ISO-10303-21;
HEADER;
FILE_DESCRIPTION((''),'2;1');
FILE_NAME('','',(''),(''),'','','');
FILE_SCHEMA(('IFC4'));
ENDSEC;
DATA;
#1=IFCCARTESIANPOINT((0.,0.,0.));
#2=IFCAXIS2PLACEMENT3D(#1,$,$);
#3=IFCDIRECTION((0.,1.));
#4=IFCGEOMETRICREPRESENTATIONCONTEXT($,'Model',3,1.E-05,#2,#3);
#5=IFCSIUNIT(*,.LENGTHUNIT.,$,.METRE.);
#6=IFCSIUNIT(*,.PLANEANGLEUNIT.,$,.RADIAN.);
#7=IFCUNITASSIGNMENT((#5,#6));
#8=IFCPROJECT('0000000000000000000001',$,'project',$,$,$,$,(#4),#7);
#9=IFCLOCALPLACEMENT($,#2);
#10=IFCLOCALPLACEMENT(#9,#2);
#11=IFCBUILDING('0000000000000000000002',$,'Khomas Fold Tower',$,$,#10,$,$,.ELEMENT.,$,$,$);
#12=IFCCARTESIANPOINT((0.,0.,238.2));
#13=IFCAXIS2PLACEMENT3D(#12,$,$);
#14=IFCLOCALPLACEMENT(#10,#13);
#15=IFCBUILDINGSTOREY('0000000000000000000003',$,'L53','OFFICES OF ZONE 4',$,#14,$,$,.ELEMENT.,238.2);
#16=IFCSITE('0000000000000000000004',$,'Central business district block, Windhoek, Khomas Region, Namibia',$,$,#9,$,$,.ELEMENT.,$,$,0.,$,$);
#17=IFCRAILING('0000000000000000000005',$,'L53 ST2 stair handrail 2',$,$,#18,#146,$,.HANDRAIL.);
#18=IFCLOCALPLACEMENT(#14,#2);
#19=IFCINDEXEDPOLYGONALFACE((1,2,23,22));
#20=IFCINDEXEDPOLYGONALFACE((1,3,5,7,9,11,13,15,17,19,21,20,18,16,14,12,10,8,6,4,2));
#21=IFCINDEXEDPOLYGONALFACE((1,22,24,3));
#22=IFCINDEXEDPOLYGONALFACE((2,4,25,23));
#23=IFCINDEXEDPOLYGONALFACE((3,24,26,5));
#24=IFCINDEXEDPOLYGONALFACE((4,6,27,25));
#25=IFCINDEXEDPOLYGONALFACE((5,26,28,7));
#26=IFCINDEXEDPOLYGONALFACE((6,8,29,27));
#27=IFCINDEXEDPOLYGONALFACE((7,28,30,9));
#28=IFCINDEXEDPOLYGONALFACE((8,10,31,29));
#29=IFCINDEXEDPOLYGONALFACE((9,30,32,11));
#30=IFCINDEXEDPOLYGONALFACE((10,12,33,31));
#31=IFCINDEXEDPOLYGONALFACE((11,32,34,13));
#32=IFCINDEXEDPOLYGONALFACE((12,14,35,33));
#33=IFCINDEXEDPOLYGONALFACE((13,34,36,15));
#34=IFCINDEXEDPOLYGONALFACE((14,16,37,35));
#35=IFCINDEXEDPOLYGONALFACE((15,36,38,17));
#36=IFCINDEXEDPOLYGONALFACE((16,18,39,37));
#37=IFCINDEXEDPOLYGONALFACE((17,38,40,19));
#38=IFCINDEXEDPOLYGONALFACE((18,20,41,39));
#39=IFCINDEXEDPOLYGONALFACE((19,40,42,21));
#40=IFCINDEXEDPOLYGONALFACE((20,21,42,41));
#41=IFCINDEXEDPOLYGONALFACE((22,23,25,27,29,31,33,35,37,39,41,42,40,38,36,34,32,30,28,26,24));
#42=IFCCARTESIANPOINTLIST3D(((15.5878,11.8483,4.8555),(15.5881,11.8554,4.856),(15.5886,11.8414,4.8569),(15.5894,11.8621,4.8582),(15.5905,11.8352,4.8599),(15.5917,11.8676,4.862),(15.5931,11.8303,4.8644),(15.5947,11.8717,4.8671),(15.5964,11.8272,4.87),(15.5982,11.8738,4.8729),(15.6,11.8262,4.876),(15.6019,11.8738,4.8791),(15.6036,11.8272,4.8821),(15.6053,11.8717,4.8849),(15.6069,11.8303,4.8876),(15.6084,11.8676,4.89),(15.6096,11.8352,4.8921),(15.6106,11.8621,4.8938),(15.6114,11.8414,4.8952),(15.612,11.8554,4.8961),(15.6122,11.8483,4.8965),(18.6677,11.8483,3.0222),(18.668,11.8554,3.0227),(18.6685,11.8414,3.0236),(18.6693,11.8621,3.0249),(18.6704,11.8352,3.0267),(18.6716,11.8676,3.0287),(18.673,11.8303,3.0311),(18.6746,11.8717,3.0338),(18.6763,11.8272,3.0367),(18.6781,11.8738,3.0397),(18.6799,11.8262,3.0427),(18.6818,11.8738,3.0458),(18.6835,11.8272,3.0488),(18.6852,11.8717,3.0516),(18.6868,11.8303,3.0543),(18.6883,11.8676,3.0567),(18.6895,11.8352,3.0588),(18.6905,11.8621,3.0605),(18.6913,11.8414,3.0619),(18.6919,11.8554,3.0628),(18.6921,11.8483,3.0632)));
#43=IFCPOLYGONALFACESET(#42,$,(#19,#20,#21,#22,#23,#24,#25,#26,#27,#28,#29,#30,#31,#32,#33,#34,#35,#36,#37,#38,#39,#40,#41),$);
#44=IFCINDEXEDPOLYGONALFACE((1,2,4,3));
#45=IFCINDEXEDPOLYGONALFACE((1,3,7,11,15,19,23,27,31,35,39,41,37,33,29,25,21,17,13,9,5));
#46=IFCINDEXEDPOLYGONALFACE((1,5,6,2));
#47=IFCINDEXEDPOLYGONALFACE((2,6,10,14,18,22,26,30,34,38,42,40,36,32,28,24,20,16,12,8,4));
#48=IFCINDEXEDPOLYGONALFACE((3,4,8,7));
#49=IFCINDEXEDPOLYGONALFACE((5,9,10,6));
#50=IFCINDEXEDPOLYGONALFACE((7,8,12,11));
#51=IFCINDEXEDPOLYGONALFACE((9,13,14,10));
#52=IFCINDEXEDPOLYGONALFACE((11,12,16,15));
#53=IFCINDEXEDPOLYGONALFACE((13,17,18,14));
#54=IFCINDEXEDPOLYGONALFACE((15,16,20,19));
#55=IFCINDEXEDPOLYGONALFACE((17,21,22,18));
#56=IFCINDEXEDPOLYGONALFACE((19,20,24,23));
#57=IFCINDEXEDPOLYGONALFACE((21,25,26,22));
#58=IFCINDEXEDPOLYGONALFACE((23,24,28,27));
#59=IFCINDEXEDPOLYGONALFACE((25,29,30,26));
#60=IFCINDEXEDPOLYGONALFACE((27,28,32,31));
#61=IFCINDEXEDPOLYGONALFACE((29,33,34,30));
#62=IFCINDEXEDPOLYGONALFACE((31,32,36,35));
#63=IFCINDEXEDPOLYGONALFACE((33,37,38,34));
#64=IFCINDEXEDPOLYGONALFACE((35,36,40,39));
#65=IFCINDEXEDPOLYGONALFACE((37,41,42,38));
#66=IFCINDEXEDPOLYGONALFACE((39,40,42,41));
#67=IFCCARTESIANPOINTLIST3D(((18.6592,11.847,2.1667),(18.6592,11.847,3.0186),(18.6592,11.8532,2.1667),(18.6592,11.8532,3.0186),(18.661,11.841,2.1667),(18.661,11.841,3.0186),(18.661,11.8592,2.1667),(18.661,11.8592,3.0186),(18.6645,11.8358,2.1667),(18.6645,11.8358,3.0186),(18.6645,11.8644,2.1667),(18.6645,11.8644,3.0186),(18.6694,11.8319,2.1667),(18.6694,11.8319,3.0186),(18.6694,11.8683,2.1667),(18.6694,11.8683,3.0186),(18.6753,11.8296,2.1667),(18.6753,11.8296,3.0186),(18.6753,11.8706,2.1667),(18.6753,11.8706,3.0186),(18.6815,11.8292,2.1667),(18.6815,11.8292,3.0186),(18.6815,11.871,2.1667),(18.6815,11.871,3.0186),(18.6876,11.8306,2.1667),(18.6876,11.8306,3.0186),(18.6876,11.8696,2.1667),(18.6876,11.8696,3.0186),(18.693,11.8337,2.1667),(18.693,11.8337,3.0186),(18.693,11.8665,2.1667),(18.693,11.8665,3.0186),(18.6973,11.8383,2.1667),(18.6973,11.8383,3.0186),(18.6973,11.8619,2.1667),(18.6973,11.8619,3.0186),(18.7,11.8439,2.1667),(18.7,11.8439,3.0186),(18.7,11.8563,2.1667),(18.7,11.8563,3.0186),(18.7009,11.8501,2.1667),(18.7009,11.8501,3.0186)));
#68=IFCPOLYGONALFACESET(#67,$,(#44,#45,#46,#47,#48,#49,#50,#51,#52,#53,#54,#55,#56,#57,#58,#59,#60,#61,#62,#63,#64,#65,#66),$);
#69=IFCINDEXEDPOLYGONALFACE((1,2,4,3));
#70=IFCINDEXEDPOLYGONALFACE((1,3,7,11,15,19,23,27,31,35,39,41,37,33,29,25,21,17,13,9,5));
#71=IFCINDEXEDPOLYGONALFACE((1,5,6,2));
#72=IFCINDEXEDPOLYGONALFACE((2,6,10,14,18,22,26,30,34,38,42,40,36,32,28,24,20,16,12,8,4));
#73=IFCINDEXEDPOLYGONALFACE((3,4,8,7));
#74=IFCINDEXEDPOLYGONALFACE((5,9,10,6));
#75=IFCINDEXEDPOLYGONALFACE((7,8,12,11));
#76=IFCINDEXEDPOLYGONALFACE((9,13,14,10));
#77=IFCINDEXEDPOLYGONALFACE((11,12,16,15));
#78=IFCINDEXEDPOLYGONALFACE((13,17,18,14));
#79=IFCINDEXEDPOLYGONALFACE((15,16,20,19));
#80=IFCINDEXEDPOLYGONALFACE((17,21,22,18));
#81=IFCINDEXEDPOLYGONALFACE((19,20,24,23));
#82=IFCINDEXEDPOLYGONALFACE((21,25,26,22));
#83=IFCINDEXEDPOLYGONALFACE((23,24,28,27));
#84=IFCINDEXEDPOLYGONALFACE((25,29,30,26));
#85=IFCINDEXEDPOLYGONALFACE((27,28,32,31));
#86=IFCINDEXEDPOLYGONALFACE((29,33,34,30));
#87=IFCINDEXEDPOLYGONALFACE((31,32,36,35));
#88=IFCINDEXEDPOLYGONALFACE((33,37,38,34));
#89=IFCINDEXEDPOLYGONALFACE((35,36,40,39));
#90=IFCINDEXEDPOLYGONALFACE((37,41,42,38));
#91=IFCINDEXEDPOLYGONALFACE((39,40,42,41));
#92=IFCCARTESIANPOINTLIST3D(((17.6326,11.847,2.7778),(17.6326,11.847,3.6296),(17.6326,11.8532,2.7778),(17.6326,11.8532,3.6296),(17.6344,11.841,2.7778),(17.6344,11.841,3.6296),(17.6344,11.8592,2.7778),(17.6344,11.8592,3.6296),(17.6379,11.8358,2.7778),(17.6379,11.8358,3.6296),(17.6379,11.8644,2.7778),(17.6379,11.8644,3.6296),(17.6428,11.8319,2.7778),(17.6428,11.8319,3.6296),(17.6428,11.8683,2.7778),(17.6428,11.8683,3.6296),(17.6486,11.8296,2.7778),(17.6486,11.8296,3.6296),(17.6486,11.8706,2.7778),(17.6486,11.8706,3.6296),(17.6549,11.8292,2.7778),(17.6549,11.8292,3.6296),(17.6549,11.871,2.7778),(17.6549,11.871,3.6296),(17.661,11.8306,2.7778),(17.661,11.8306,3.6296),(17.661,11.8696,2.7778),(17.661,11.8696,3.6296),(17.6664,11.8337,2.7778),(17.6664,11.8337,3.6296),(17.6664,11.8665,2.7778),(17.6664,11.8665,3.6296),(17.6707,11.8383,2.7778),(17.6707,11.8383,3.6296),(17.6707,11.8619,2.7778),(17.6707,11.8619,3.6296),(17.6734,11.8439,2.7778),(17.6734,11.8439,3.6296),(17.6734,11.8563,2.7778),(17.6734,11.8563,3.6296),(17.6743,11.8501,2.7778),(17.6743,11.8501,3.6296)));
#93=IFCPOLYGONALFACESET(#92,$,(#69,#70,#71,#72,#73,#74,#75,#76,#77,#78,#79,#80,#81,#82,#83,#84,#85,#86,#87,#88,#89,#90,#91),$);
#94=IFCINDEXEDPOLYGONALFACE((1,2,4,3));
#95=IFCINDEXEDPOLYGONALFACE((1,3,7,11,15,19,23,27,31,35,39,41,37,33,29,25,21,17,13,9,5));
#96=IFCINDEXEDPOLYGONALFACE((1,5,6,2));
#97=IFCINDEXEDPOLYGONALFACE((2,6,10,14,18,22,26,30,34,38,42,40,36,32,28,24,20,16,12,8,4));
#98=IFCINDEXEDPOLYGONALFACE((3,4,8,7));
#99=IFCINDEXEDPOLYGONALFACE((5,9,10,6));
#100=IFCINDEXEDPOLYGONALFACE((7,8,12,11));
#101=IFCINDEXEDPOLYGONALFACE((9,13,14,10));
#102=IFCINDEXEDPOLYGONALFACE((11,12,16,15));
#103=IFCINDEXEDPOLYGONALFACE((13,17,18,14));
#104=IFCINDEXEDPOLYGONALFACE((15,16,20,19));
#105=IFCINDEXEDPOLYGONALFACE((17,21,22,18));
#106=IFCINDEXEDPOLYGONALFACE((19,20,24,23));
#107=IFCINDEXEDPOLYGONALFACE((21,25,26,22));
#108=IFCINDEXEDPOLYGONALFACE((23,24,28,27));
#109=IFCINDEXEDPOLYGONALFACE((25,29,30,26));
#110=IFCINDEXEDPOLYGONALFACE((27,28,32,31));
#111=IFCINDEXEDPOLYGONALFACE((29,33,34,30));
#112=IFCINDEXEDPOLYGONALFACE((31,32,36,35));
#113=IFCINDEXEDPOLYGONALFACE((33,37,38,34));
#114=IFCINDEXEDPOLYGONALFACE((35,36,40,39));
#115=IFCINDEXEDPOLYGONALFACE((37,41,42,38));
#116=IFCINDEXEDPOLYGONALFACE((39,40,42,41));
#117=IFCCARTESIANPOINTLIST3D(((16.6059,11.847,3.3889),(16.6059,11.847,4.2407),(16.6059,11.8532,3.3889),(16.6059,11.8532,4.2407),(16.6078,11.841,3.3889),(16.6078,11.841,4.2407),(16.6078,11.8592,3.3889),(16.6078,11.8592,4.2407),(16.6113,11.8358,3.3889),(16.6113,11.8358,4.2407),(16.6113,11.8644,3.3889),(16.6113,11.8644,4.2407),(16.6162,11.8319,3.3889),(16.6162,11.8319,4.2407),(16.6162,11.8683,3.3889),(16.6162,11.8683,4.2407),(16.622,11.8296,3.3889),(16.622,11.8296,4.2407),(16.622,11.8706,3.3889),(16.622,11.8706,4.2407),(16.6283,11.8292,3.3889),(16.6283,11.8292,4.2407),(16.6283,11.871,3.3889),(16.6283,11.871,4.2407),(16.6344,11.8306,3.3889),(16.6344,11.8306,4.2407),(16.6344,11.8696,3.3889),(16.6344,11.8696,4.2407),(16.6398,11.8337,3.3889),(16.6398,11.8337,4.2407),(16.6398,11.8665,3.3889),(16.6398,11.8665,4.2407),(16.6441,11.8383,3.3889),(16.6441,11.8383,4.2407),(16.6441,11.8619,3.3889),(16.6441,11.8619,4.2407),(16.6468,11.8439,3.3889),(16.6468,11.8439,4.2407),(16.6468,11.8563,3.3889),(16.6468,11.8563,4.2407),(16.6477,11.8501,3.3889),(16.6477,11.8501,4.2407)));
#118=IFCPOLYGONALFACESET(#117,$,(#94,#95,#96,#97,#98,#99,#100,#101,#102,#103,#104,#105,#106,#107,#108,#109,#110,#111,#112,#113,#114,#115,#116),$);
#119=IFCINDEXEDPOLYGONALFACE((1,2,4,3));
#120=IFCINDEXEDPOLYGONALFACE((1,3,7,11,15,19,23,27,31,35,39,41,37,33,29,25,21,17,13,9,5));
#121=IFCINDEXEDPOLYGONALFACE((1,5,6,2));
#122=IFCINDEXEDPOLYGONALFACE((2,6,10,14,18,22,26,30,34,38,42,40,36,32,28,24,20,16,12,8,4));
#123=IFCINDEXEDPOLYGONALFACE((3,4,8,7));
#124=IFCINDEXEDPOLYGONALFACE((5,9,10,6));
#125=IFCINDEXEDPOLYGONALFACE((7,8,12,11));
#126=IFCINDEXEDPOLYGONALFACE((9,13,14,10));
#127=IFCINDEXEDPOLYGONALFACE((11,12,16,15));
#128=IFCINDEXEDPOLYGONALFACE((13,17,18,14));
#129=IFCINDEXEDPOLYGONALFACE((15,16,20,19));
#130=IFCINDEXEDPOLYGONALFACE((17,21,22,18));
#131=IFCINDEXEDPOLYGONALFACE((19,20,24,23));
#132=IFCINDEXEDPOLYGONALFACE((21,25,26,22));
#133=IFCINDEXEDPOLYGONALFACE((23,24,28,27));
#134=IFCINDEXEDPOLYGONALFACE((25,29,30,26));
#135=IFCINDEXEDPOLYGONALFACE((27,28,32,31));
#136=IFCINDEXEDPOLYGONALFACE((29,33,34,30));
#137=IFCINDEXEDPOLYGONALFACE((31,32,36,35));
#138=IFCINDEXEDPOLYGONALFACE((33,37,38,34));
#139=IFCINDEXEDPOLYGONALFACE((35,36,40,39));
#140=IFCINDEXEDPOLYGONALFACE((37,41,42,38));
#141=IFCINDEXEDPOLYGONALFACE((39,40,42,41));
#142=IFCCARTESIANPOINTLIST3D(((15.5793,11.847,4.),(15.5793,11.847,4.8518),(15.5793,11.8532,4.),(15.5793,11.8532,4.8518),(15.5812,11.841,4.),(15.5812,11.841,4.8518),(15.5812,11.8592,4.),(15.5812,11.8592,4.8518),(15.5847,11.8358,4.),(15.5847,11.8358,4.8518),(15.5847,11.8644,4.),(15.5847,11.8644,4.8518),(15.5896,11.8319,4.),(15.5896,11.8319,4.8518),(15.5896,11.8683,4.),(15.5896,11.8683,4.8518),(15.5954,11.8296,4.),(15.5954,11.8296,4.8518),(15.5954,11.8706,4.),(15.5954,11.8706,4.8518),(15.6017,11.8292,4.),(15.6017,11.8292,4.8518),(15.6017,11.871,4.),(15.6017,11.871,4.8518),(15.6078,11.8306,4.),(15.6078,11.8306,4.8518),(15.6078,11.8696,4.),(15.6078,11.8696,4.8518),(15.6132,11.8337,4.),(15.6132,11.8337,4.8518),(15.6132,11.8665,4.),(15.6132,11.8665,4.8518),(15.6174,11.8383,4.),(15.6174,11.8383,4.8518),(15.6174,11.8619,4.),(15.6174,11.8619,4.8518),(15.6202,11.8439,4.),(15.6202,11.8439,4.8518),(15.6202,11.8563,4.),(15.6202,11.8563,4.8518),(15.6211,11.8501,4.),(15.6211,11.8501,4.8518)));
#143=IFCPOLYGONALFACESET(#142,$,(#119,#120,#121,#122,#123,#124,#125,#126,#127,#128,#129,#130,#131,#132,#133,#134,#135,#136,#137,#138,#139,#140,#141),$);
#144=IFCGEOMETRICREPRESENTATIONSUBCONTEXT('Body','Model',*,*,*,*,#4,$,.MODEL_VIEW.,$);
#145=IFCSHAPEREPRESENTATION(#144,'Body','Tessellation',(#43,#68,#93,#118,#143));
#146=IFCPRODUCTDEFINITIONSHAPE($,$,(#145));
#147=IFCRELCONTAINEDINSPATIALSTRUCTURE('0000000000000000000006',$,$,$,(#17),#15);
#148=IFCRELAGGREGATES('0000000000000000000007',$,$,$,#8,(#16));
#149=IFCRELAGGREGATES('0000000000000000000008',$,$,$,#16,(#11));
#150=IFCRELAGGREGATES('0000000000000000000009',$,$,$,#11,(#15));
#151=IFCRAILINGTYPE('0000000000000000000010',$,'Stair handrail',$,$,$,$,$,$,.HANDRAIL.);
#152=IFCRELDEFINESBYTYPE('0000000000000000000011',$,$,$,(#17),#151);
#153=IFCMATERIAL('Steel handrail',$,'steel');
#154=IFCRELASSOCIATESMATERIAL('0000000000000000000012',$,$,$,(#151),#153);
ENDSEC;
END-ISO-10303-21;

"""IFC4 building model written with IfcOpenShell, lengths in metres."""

from ifc_helpers import new_model, si_unit, direction, frame, origin, origin_2d, place, context, subcontext, project, spatial, circle, extrude, source, transform, mapped, material, type_object, element, save


model = new_model("IFC4")

# Units and contexts
model_context = context("Model", 3, precision=1e-05, world=origin(), true_north=direction((0.0, 1.0)))
body_context = subcontext(model_context, "Body", "Model", "MODEL_VIEW")
ifc_project = project(units=[si_unit("LENGTHUNIT", "METRE"), si_unit("PLANEANGLEUNIT", "RADIAN")], contexts=[model_context])

# Site, building, storey
site_placement = place(None, origin())
site = spatial("IfcSite", under=ifc_project, at=site_placement, Name="Central business district block, Windhoek, Khomas Region, Namibia", CompositionType="ELEMENT", RefElevation=0.0)
building_placement = place(site_placement, origin())
building = spatial("IfcBuilding", under=site, at=building_placement, Name="Khomas Fold Tower", CompositionType="ELEMENT")
storey_placement = place(building_placement, frame((0.0, 0.0, 238.2)))
storey = spatial("IfcBuildingStorey", under=building, at=storey_placement, Name="L53", Description="OFFICES OF ZONE 4", CompositionType="ELEMENT", Elevation=238.2)

# Railing
ifc_material_1 = material(Name="Steel handrail", Category="steel")
railing_type_1 = type_object("IfcRailingType", Name="Stair handrail", PredefinedType="HANDRAIL", material=ifc_material_1)
shared_shape_1 = source(origin(), body_context, "Body", "SweptSolid", [
    extrude(circle(Radius=0.0239, at=origin_2d()), frame((0.0, 0.0, 0.876), z_axis=(-0.859291, 0.0, 0.511487), x_axis=(0.0, -1.0, 0.0)), (0.0, 0.0, 1.0), 3.5842),
    extrude(circle(Radius=0.021, at=origin_2d()), origin(), (0.0, 0.0, 1.0), 0.8518),
    extrude(circle(Radius=0.021, at=origin_2d()), frame((-1.0266, 0.0, 0.6111)), (0.0, 0.0, 1.0), 0.8518),
    extrude(circle(Radius=0.021, at=origin_2d()), frame((-2.0532, 0.0, 1.2222)), (0.0, 0.0, 1.0), 0.8518),
    extrude(circle(Radius=0.021, at=origin_2d()), frame((-3.0798, 0.0, 1.8333)), (0.0, 0.0, 1.0), 0.8518),
])
railing_1_placement = place(storey_placement, frame((18.6799, 11.8501, 2.1667)))
element("IfcRailing", 1, at=railing_1_placement, inside=storey, type_object=railing_type_1, Name="L53 ST2 stair handrail 2", PredefinedType="HANDRAIL", context=body_context, shape_type="MappedRepresentation", body=[
    mapped(shared_shape_1, transform((0.0, 0.0, 0.0))),
])

save(model, "model.ifc")
